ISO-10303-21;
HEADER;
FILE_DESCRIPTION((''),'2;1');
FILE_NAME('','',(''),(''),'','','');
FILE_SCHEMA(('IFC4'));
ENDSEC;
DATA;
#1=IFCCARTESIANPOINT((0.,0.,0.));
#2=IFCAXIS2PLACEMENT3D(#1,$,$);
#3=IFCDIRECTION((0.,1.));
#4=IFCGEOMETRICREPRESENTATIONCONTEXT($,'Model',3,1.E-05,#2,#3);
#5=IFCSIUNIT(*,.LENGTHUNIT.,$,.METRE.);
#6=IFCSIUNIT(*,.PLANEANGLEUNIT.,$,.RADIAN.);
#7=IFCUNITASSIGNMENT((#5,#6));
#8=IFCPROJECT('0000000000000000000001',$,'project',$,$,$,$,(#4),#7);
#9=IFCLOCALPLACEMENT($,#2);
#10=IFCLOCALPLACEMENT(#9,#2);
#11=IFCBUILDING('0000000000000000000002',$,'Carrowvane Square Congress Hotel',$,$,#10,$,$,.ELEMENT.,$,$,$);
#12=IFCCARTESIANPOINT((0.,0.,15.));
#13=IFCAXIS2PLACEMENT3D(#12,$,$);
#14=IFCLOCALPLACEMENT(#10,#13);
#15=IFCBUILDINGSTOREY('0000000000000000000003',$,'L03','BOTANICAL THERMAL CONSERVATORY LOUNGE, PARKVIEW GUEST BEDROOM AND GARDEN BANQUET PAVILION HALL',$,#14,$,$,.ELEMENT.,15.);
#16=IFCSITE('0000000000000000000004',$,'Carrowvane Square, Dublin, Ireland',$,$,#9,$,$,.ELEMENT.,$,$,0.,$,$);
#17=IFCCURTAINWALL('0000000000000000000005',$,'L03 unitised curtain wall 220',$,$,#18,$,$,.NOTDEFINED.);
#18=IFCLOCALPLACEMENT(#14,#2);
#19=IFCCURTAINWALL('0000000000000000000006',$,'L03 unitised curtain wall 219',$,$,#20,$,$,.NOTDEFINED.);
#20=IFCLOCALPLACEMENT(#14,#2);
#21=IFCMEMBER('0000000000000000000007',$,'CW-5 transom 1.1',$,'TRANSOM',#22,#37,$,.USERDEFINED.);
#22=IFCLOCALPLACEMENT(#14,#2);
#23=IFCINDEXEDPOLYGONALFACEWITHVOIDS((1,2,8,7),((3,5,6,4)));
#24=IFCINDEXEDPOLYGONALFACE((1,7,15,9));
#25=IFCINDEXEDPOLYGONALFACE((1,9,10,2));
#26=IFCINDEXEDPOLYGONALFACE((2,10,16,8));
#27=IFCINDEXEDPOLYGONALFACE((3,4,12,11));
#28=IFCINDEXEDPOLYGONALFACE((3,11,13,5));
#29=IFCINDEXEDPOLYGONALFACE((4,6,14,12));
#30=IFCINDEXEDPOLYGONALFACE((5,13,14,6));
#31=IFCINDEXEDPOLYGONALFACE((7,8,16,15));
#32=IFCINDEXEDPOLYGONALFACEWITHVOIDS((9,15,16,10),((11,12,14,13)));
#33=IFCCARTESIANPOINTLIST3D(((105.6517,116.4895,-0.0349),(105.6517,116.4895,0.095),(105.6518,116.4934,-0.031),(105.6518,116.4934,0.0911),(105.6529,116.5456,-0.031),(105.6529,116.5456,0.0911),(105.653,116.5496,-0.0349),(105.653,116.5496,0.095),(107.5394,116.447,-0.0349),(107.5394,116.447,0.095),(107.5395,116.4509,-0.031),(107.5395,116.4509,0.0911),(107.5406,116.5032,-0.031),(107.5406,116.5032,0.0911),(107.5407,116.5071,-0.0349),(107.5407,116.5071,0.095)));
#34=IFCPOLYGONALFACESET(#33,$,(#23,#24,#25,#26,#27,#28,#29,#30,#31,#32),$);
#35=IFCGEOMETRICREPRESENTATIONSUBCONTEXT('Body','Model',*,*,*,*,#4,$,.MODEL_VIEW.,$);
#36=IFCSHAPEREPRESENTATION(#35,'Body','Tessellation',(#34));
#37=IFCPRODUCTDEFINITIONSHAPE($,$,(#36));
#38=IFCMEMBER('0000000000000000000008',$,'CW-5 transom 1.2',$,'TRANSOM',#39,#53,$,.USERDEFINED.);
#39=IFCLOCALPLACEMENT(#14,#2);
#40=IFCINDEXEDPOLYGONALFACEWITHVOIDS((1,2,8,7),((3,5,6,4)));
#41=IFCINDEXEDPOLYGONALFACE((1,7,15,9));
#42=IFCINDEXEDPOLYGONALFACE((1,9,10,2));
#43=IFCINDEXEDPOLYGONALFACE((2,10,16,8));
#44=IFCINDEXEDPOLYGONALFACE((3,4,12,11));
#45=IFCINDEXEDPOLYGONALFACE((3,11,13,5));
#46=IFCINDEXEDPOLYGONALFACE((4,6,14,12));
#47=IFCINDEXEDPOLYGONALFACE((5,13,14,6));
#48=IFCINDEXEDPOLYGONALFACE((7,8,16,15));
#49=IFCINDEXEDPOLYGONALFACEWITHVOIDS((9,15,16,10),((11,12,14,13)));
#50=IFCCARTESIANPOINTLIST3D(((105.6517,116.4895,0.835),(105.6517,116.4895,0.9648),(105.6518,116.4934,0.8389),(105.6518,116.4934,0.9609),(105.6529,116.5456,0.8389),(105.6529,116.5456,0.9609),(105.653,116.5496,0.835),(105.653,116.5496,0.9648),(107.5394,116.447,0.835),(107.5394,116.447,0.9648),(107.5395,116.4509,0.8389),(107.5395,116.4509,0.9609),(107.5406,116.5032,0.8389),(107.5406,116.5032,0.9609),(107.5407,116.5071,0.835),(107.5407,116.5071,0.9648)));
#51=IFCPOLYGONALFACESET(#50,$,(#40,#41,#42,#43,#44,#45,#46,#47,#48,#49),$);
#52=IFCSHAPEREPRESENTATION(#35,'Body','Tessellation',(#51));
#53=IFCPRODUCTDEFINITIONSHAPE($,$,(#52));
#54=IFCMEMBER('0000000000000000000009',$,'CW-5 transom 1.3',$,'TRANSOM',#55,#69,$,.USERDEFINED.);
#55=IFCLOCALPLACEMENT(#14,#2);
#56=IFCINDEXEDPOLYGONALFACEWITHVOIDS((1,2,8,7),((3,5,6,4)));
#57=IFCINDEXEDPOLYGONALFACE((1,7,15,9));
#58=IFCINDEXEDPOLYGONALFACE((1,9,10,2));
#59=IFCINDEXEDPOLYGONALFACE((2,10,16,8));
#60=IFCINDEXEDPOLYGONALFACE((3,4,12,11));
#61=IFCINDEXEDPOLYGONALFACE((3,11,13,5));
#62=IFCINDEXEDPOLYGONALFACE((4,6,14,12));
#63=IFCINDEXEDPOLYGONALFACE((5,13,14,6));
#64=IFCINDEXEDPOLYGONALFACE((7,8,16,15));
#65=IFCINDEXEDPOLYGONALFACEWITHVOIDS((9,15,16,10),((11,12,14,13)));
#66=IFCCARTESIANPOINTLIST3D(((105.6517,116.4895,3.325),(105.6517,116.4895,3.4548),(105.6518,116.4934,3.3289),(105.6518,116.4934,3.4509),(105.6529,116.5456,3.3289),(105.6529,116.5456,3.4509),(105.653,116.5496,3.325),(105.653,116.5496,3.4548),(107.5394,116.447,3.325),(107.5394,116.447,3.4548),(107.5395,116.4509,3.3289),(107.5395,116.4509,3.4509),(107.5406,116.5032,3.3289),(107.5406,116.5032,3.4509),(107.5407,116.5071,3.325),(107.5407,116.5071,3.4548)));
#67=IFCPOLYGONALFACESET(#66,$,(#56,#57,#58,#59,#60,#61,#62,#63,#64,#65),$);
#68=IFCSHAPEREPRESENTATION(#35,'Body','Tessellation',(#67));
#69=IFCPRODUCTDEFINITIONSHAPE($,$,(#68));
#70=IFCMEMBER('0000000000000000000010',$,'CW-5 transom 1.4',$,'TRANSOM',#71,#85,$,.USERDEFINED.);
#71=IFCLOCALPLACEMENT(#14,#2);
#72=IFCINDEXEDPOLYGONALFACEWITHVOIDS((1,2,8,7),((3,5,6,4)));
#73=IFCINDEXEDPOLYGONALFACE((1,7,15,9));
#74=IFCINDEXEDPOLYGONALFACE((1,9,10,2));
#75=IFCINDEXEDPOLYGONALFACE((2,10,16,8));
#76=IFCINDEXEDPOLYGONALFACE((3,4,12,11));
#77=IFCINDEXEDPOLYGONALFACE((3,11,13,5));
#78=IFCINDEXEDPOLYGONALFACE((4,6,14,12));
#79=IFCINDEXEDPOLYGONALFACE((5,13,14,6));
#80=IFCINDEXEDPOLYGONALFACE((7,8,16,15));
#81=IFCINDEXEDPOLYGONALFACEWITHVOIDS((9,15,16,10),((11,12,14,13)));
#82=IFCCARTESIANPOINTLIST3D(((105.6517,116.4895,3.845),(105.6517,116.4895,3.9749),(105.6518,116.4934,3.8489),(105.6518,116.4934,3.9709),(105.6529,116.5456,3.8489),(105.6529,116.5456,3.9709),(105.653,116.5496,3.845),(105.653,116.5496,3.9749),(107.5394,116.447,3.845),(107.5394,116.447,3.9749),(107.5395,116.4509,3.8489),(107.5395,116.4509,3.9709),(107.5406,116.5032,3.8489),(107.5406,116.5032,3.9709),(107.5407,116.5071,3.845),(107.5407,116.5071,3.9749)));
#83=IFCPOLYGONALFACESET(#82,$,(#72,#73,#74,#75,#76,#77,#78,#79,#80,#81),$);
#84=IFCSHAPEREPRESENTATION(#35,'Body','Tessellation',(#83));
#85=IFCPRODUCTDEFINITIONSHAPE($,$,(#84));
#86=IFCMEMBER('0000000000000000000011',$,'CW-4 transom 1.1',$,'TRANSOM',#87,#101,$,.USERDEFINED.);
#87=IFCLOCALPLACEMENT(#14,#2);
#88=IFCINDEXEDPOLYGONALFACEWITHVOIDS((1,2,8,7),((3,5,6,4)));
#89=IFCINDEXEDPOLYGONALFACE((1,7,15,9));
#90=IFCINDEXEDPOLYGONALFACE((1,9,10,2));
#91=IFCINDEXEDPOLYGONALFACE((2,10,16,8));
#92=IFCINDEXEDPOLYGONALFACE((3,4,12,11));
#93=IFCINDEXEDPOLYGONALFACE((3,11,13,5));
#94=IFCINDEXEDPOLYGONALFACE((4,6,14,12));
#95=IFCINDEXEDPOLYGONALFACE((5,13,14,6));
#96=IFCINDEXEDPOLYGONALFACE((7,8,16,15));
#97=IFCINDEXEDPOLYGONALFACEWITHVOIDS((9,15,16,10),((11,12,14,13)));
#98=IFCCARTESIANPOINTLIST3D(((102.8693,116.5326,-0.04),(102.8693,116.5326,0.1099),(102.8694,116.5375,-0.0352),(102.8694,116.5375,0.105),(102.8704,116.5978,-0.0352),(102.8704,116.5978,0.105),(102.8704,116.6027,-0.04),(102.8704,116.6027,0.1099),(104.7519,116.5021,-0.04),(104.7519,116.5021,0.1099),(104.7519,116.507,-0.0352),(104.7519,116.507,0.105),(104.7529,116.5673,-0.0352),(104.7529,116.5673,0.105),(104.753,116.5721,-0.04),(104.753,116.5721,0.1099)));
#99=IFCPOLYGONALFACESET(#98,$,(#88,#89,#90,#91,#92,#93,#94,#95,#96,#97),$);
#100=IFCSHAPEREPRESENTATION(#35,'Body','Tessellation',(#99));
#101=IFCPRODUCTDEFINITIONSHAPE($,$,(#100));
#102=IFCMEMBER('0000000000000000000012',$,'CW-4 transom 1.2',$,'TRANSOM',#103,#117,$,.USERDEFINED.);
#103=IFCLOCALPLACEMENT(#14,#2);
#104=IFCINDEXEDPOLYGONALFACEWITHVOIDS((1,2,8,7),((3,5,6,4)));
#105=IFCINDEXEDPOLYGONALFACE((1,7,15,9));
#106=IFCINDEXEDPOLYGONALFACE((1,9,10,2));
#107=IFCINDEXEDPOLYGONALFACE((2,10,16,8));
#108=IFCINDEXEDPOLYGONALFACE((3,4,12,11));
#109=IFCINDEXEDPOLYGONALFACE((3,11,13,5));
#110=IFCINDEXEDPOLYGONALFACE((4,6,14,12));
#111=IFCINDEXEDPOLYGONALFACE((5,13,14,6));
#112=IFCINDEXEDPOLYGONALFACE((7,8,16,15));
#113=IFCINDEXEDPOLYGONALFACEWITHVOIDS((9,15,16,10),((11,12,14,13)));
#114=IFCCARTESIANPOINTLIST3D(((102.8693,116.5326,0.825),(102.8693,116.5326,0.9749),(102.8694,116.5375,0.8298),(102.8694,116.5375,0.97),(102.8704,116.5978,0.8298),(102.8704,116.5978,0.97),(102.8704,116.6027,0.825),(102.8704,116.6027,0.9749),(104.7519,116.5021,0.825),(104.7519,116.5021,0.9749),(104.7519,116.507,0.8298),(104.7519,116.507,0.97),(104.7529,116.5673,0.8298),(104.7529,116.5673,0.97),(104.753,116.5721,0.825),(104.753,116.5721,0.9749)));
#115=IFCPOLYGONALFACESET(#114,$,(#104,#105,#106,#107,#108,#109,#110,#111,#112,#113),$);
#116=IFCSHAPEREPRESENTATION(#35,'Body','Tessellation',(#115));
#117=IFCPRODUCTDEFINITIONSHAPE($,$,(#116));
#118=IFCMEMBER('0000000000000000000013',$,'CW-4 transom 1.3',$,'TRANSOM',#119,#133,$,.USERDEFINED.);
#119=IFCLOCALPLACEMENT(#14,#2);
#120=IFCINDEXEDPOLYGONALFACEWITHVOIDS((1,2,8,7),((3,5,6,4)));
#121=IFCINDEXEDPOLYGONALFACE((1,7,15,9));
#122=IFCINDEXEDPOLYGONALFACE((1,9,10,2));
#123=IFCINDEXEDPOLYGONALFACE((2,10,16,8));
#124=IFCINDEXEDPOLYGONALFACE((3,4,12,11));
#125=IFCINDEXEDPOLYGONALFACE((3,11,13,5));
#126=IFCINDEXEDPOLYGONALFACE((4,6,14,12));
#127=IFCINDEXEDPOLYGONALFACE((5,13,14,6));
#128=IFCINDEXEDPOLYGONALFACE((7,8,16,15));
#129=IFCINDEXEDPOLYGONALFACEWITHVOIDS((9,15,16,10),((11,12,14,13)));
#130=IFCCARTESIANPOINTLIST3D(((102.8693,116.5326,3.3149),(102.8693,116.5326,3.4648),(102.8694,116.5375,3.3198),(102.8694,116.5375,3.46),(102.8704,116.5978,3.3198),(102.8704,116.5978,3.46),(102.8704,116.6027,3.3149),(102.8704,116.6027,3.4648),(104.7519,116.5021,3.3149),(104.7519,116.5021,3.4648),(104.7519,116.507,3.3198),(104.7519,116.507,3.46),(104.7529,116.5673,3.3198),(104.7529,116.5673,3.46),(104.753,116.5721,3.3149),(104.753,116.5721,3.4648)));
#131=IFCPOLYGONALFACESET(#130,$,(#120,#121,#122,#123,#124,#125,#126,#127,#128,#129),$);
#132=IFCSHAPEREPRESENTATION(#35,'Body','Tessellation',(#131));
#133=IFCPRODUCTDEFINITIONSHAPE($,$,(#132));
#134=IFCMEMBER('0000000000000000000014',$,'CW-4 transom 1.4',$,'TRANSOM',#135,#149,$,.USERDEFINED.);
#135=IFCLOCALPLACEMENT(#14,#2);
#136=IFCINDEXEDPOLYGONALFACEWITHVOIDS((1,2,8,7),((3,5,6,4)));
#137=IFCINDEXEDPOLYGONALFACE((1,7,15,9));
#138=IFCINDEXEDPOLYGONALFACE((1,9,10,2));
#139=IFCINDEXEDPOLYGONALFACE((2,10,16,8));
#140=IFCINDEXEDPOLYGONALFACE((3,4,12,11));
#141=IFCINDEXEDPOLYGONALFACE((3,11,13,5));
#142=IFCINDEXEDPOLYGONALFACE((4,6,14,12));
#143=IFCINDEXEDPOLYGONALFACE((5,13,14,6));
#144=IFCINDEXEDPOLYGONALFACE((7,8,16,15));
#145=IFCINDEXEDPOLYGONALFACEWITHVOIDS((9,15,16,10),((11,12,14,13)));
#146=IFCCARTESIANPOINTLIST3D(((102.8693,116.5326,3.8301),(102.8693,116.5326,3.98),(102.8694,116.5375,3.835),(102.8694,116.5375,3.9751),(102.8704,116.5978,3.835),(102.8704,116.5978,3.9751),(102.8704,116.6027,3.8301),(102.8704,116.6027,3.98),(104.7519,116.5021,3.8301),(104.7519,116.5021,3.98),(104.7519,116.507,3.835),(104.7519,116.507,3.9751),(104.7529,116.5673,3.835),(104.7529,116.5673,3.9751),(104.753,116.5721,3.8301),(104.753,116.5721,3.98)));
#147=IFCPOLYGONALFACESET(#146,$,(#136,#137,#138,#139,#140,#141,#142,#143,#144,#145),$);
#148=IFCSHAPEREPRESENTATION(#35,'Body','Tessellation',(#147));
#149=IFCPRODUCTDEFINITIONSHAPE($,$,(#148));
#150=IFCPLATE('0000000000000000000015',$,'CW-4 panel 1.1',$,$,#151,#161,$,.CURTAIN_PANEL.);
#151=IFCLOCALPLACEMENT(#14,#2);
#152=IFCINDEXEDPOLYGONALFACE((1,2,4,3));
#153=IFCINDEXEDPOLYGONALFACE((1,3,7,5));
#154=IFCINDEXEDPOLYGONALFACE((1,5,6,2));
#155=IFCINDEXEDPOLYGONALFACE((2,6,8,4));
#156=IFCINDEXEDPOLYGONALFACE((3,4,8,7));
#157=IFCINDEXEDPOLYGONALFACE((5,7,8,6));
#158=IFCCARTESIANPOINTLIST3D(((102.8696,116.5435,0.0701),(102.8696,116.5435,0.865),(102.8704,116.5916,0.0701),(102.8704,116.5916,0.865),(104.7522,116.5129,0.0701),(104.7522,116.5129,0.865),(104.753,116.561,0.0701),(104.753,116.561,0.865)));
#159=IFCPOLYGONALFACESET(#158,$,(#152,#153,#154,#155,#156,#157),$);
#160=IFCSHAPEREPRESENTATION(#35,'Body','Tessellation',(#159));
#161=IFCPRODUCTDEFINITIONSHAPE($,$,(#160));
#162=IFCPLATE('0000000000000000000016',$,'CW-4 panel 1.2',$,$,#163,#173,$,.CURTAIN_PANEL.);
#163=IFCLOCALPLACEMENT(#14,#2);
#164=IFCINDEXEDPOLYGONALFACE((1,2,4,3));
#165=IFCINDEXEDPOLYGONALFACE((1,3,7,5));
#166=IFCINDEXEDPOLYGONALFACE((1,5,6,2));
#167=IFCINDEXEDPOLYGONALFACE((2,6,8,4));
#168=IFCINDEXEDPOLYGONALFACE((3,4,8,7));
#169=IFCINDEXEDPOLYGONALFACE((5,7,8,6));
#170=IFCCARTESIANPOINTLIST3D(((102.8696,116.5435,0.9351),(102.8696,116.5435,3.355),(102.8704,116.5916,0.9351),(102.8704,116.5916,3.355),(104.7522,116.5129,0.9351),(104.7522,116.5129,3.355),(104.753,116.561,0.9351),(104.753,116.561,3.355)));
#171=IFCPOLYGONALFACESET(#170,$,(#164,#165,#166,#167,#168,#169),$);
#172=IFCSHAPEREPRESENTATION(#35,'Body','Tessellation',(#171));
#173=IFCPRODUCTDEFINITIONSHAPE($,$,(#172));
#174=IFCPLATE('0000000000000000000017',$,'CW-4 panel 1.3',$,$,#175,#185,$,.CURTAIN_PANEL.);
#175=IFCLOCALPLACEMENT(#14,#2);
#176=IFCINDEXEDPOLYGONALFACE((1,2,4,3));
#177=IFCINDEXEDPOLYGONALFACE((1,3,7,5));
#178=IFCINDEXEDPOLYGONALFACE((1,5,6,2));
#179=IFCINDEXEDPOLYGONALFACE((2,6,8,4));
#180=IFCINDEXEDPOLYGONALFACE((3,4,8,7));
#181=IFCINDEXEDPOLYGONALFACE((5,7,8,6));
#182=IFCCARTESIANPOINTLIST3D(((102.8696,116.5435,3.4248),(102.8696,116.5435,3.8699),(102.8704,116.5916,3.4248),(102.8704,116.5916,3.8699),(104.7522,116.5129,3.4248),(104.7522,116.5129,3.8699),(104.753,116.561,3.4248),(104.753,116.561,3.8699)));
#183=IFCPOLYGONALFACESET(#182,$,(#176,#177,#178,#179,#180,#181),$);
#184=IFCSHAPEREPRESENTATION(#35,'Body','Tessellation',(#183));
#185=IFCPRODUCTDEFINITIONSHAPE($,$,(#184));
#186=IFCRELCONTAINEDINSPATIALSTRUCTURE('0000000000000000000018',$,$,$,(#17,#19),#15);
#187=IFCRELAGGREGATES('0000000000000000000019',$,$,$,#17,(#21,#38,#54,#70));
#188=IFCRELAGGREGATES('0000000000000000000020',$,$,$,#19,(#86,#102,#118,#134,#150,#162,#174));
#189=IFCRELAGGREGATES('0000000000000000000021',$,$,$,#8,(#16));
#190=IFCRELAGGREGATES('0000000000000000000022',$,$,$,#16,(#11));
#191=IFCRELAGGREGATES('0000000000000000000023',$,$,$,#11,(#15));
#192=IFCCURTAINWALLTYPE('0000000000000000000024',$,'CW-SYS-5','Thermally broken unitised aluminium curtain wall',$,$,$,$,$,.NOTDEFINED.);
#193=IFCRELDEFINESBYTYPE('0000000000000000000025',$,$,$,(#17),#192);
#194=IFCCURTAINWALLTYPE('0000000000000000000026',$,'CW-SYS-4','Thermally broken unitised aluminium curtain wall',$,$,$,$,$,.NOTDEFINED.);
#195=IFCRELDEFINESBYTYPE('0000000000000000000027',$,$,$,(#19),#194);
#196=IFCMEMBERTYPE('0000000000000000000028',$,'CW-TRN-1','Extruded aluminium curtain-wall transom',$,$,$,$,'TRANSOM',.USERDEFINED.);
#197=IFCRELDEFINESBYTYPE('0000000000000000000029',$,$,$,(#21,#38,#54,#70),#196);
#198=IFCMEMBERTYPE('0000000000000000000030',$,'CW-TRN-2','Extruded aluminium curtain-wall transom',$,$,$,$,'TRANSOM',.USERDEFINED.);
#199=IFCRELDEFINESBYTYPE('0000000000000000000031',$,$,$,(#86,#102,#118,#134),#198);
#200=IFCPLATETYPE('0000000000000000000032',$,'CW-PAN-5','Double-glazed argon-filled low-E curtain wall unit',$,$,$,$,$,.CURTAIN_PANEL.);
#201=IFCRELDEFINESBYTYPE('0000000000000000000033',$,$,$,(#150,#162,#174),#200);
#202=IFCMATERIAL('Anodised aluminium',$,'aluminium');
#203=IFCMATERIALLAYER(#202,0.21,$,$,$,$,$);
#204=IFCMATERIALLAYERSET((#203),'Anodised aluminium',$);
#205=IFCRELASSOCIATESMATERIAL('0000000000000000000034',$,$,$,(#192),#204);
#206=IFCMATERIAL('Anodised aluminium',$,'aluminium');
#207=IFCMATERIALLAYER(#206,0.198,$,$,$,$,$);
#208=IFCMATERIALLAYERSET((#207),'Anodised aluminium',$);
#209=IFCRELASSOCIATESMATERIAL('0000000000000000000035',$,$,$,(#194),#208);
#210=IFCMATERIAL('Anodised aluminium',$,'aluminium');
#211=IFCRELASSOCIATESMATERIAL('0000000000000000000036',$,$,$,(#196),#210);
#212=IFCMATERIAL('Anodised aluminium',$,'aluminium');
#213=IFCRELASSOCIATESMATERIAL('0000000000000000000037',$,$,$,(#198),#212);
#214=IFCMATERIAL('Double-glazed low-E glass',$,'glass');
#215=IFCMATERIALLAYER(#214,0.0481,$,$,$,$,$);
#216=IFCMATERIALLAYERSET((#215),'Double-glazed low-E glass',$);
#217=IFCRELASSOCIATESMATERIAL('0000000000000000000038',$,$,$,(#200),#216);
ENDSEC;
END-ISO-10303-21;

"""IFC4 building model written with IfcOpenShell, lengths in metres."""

from ifc_helpers import new_model, si_unit, direction, frame, origin, origin_2d, place, context, subcontext, project, spatial, rectangle, hollow_rectangle, extrude, material, layer, layer_set, material_profile, profile_set, type_object, element, aggregate, save


model = new_model("IFC4")

# Units and contexts
model_context = context("Model", 3, precision=1e-05, world=origin(), true_north=direction((0.0, 1.0)))
body_context = subcontext(model_context, "Body", "Model", "MODEL_VIEW")
ifc_project = project(units=[si_unit("LENGTHUNIT", "METRE"), si_unit("PLANEANGLEUNIT", "RADIAN")], contexts=[model_context])

# Site, building, storey
site_placement = place(None, origin())
site = spatial("IfcSite", under=ifc_project, at=site_placement, Name="Carrowvane Square, Dublin, Ireland", CompositionType="ELEMENT", RefElevation=0.0)
building_placement = place(site_placement, origin())
building = spatial("IfcBuilding", under=site, at=building_placement, Name="Carrowvane Square Congress Hotel", CompositionType="ELEMENT")
storey_placement = place(building_placement, frame((0.0, 0.0, 15.0)))
storey = spatial("IfcBuildingStorey", under=building, at=storey_placement, Name="L03", Description="BOTANICAL THERMAL CONSERVATORY LOUNGE, PARKVIEW GUEST BEDROOM AND GARDEN BANQUET PAVILION HALL", CompositionType="ELEMENT", Elevation=15.0)

# Curtain wall
ifc_material_1 = material(Name="Anodised aluminium", Category="aluminium")
ifc_layer_1 = layer(ifc_material_1, 0.21)
ifc_layer_set_1 = layer_set([ifc_layer_1], Name="Anodised aluminium")
curtain_wall_type_1 = type_object("IfcCurtainWallType", Name="CW-SYS-5", Description="Thermally broken unitised aluminium curtain wall", PredefinedType="NOTDEFINED", material=ifc_layer_set_1)
curtain_wall_1_placement = place(storey_placement, origin())
curtain_wall_1 = element("IfcCurtainWall", 1, at=curtain_wall_1_placement, inside=storey, type_object=curtain_wall_type_1, Name="L03 unitised curtain wall 220", PredefinedType="NOTDEFINED")

# Curtain wall
ifc_material_2 = material(Name="Anodised aluminium", Category="aluminium")
ifc_layer_2 = layer(ifc_material_2, 0.198)
ifc_layer_set_2 = layer_set([ifc_layer_2], Name="Anodised aluminium")
curtain_wall_type_2 = type_object("IfcCurtainWallType", Name="CW-SYS-4", Description="Thermally broken unitised aluminium curtain wall", PredefinedType="NOTDEFINED", material=ifc_layer_set_2)
curtain_wall_2_placement = place(storey_placement, origin())
curtain_wall_2 = element("IfcCurtainWall", 2, at=curtain_wall_2_placement, inside=storey, type_object=curtain_wall_type_2, Name="L03 unitised curtain wall 219", PredefinedType="NOTDEFINED")

# Members
ifc_material_3 = material(Name="Anodised aluminium", Category="aluminium")
ifc_material_profile_1 = material_profile(ifc_material_3, hollow_rectangle(XDim=0.0601, YDim=0.1299, WallThickness=0.0039, at=origin_2d()), Name="CW-TR 60x130x4")
ifc_profile_set_1 = profile_set([ifc_material_profile_1], Name="Anodised aluminium")
member_type_1 = type_object("IfcMemberType", Name="CW-TRN-1", Description="Extruded aluminium curtain-wall transom", ElementType="TRANSOM", PredefinedType="USERDEFINED", material=ifc_profile_set_1)
member_1_placement = place(storey_placement, frame((105.6523, 116.5195, 0.03), z_axis=(0.999747, -0.022498, 0.0), x_axis=(0.022498, 0.999747, 0.0)))
member_1 = element("IfcMember", 3, at=member_1_placement, type_object=member_type_1, Name="CW-5 transom 1.1", ObjectType="TRANSOM", PredefinedType="USERDEFINED", context=body_context, shape_type="SweptSolid", body=[
    extrude(hollow_rectangle(XDim=0.0601, YDim=0.1299, WallThickness=0.0039, at=origin_2d()), origin(), (0.0, 0.0, 1.0), 1.8882),
])
member_2_placement = place(storey_placement, frame((105.6523, 116.5195, 0.8999), z_axis=(0.999747, -0.022498, 0.0), x_axis=(0.022498, 0.999747, 0.0)))
member_2 = element("IfcMember", 4, at=member_2_placement, type_object=member_type_1, Name="CW-5 transom 1.2", ObjectType="TRANSOM", PredefinedType="USERDEFINED", context=body_context, shape_type="SweptSolid", body=[
    extrude(hollow_rectangle(XDim=0.0601, YDim=0.1299, WallThickness=0.0039, at=origin_2d()), origin(), (0.0, 0.0, 1.0), 1.8882),
])
member_3_placement = place(storey_placement, frame((105.6523, 116.5195, 3.3899), z_axis=(0.999747, -0.022498, 0.0), x_axis=(0.022498, 0.999747, 0.0)))
member_3 = element("IfcMember", 5, at=member_3_placement, type_object=member_type_1, Name="CW-5 transom 1.3", ObjectType="TRANSOM", PredefinedType="USERDEFINED", context=body_context, shape_type="SweptSolid", body=[
    extrude(hollow_rectangle(XDim=0.0601, YDim=0.1299, WallThickness=0.0039, at=origin_2d()), origin(), (0.0, 0.0, 1.0), 1.8882),
])
member_4_placement = place(storey_placement, frame((105.6523, 116.5195, 3.9099), z_axis=(0.999747, -0.022498, 0.0), x_axis=(0.022498, 0.999747, 0.0)))
member_4 = element("IfcMember", 6, at=member_4_placement, type_object=member_type_1, Name="CW-5 transom 1.4", ObjectType="TRANSOM", PredefinedType="USERDEFINED", context=body_context, shape_type="SweptSolid", body=[
    extrude(hollow_rectangle(XDim=0.0601, YDim=0.1299, WallThickness=0.0039, at=origin_2d()), origin(), (0.0, 0.0, 1.0), 1.8882),
])
aggregate(curtain_wall_1, [member_1, member_2, member_3, member_4])
ifc_material_4 = material(Name="Anodised aluminium", Category="aluminium")
ifc_material_profile_2 = material_profile(ifc_material_4, hollow_rectangle(XDim=0.0701, YDim=0.1499, WallThickness=0.0049, at=origin_2d()), Name="CW-TR 70x150x5")
ifc_profile_set_2 = profile_set([ifc_material_profile_2], Name="Anodised aluminium")
member_type_2 = type_object("IfcMemberType", Name="CW-TRN-2", Description="Extruded aluminium curtain-wall transom", ElementType="TRANSOM", PredefinedType="USERDEFINED", material=ifc_profile_set_2)
member_5_placement = place(storey_placement, frame((102.8699, 116.5676, 0.0349), z_axis=(0.999869, -0.016208, 0.0), x_axis=(0.016208, 0.999869, 0.0)))
member_5 = element("IfcMember", 7, at=member_5_placement, type_object=member_type_2, Name="CW-4 transom 1.1", ObjectType="TRANSOM", PredefinedType="USERDEFINED", context=body_context, shape_type="SweptSolid", body=[
    extrude(hollow_rectangle(XDim=0.0701, YDim=0.1499, WallThickness=0.0049, at=origin_2d()), origin(), (0.0, 0.0, 1.0), 1.8828),
])
member_6_placement = place(storey_placement, frame((102.8699, 116.5676, 0.8999), z_axis=(0.999869, -0.016208, 0.0), x_axis=(0.016208, 0.999869, 0.0)))
member_6 = element("IfcMember", 8, at=member_6_placement, type_object=member_type_2, Name="CW-4 transom 1.2", ObjectType="TRANSOM", PredefinedType="USERDEFINED", context=body_context, shape_type="SweptSolid", body=[
    extrude(hollow_rectangle(XDim=0.0701, YDim=0.1499, WallThickness=0.0049, at=origin_2d()), origin(), (0.0, 0.0, 1.0), 1.8828),
])
member_7_placement = place(storey_placement, frame((102.8699, 116.5676, 3.3899), z_axis=(0.999869, -0.016208, 0.0), x_axis=(0.016208, 0.999869, 0.0)))
member_7 = element("IfcMember", 9, at=member_7_placement, type_object=member_type_2, Name="CW-4 transom 1.3", ObjectType="TRANSOM", PredefinedType="USERDEFINED", context=body_context, shape_type="SweptSolid", body=[
    extrude(hollow_rectangle(XDim=0.0701, YDim=0.1499, WallThickness=0.0049, at=origin_2d()), origin(), (0.0, 0.0, 1.0), 1.8828),
])
member_8_placement = place(storey_placement, frame((102.8699, 116.5676, 3.905), z_axis=(0.999869, -0.016208, 0.0), x_axis=(0.016208, 0.999869, 0.0)))
member_8 = element("IfcMember", 10, at=member_8_placement, type_object=member_type_2, Name="CW-4 transom 1.4", ObjectType="TRANSOM", PredefinedType="USERDEFINED", context=body_context, shape_type="SweptSolid", body=[
    extrude(hollow_rectangle(XDim=0.0701, YDim=0.1499, WallThickness=0.0049, at=origin_2d()), origin(), (0.0, 0.0, 1.0), 1.8828),
])

# Plates
ifc_material_5 = material(Name="Double-glazed low-E glass", Category="glass")
ifc_layer_3 = layer(ifc_material_5, 0.0481)
ifc_layer_set_3 = layer_set([ifc_layer_3], Name="Double-glazed low-E glass")
plate_type_1 = type_object("IfcPlateType", Name="CW-PAN-5", Description="Double-glazed argon-filled low-E curtain wall unit", PredefinedType="CURTAIN_PANEL", material=ifc_layer_set_3)
plate_1_placement = place(storey_placement, frame((103.8113, 116.5522, 0.0701), z_axis=(0.0, 0.0, 1.0), x_axis=(0.999869, -0.016216, 0.0)))
plate_1 = element("IfcPlate", 11, at=plate_1_placement, type_object=plate_type_1, Name="CW-4 panel 1.1", PredefinedType="CURTAIN_PANEL", context=body_context, shape_type="SweptSolid", body=[
    extrude(rectangle(XDim=1.8828, YDim=0.0481, at=origin_2d()), origin(), (0.0, 0.0, 1.0), 0.7949),
])
plate_2_placement = place(storey_placement, frame((103.8113, 116.5522, 0.9351), z_axis=(0.0, 0.0, 1.0), x_axis=(0.999869, -0.016216, 0.0)))
plate_2 = element("IfcPlate", 12, at=plate_2_placement, type_object=plate_type_1, Name="CW-4 panel 1.2", PredefinedType="CURTAIN_PANEL", context=body_context, shape_type="SweptSolid", body=[
    extrude(rectangle(XDim=1.8828, YDim=0.0481, at=origin_2d()), origin(), (0.0, 0.0, 1.0), 2.4199),
])
plate_3_placement = place(storey_placement, frame((103.8113, 116.5522, 3.4248), z_axis=(0.0, 0.0, 1.0), x_axis=(0.999869, -0.016216, 0.0)))
plate_3 = element("IfcPlate", 13, at=plate_3_placement, type_object=plate_type_1, Name="CW-4 panel 1.3", PredefinedType="CURTAIN_PANEL", context=body_context, shape_type="SweptSolid", body=[
    extrude(rectangle(XDim=1.8828, YDim=0.0481, at=origin_2d()), origin(), (0.0, 0.0, 1.0), 0.4451),
])
aggregate(curtain_wall_2, [member_5, member_6, member_7, member_8, plate_1, plate_2, plate_3])

save(model, "model.ifc")
